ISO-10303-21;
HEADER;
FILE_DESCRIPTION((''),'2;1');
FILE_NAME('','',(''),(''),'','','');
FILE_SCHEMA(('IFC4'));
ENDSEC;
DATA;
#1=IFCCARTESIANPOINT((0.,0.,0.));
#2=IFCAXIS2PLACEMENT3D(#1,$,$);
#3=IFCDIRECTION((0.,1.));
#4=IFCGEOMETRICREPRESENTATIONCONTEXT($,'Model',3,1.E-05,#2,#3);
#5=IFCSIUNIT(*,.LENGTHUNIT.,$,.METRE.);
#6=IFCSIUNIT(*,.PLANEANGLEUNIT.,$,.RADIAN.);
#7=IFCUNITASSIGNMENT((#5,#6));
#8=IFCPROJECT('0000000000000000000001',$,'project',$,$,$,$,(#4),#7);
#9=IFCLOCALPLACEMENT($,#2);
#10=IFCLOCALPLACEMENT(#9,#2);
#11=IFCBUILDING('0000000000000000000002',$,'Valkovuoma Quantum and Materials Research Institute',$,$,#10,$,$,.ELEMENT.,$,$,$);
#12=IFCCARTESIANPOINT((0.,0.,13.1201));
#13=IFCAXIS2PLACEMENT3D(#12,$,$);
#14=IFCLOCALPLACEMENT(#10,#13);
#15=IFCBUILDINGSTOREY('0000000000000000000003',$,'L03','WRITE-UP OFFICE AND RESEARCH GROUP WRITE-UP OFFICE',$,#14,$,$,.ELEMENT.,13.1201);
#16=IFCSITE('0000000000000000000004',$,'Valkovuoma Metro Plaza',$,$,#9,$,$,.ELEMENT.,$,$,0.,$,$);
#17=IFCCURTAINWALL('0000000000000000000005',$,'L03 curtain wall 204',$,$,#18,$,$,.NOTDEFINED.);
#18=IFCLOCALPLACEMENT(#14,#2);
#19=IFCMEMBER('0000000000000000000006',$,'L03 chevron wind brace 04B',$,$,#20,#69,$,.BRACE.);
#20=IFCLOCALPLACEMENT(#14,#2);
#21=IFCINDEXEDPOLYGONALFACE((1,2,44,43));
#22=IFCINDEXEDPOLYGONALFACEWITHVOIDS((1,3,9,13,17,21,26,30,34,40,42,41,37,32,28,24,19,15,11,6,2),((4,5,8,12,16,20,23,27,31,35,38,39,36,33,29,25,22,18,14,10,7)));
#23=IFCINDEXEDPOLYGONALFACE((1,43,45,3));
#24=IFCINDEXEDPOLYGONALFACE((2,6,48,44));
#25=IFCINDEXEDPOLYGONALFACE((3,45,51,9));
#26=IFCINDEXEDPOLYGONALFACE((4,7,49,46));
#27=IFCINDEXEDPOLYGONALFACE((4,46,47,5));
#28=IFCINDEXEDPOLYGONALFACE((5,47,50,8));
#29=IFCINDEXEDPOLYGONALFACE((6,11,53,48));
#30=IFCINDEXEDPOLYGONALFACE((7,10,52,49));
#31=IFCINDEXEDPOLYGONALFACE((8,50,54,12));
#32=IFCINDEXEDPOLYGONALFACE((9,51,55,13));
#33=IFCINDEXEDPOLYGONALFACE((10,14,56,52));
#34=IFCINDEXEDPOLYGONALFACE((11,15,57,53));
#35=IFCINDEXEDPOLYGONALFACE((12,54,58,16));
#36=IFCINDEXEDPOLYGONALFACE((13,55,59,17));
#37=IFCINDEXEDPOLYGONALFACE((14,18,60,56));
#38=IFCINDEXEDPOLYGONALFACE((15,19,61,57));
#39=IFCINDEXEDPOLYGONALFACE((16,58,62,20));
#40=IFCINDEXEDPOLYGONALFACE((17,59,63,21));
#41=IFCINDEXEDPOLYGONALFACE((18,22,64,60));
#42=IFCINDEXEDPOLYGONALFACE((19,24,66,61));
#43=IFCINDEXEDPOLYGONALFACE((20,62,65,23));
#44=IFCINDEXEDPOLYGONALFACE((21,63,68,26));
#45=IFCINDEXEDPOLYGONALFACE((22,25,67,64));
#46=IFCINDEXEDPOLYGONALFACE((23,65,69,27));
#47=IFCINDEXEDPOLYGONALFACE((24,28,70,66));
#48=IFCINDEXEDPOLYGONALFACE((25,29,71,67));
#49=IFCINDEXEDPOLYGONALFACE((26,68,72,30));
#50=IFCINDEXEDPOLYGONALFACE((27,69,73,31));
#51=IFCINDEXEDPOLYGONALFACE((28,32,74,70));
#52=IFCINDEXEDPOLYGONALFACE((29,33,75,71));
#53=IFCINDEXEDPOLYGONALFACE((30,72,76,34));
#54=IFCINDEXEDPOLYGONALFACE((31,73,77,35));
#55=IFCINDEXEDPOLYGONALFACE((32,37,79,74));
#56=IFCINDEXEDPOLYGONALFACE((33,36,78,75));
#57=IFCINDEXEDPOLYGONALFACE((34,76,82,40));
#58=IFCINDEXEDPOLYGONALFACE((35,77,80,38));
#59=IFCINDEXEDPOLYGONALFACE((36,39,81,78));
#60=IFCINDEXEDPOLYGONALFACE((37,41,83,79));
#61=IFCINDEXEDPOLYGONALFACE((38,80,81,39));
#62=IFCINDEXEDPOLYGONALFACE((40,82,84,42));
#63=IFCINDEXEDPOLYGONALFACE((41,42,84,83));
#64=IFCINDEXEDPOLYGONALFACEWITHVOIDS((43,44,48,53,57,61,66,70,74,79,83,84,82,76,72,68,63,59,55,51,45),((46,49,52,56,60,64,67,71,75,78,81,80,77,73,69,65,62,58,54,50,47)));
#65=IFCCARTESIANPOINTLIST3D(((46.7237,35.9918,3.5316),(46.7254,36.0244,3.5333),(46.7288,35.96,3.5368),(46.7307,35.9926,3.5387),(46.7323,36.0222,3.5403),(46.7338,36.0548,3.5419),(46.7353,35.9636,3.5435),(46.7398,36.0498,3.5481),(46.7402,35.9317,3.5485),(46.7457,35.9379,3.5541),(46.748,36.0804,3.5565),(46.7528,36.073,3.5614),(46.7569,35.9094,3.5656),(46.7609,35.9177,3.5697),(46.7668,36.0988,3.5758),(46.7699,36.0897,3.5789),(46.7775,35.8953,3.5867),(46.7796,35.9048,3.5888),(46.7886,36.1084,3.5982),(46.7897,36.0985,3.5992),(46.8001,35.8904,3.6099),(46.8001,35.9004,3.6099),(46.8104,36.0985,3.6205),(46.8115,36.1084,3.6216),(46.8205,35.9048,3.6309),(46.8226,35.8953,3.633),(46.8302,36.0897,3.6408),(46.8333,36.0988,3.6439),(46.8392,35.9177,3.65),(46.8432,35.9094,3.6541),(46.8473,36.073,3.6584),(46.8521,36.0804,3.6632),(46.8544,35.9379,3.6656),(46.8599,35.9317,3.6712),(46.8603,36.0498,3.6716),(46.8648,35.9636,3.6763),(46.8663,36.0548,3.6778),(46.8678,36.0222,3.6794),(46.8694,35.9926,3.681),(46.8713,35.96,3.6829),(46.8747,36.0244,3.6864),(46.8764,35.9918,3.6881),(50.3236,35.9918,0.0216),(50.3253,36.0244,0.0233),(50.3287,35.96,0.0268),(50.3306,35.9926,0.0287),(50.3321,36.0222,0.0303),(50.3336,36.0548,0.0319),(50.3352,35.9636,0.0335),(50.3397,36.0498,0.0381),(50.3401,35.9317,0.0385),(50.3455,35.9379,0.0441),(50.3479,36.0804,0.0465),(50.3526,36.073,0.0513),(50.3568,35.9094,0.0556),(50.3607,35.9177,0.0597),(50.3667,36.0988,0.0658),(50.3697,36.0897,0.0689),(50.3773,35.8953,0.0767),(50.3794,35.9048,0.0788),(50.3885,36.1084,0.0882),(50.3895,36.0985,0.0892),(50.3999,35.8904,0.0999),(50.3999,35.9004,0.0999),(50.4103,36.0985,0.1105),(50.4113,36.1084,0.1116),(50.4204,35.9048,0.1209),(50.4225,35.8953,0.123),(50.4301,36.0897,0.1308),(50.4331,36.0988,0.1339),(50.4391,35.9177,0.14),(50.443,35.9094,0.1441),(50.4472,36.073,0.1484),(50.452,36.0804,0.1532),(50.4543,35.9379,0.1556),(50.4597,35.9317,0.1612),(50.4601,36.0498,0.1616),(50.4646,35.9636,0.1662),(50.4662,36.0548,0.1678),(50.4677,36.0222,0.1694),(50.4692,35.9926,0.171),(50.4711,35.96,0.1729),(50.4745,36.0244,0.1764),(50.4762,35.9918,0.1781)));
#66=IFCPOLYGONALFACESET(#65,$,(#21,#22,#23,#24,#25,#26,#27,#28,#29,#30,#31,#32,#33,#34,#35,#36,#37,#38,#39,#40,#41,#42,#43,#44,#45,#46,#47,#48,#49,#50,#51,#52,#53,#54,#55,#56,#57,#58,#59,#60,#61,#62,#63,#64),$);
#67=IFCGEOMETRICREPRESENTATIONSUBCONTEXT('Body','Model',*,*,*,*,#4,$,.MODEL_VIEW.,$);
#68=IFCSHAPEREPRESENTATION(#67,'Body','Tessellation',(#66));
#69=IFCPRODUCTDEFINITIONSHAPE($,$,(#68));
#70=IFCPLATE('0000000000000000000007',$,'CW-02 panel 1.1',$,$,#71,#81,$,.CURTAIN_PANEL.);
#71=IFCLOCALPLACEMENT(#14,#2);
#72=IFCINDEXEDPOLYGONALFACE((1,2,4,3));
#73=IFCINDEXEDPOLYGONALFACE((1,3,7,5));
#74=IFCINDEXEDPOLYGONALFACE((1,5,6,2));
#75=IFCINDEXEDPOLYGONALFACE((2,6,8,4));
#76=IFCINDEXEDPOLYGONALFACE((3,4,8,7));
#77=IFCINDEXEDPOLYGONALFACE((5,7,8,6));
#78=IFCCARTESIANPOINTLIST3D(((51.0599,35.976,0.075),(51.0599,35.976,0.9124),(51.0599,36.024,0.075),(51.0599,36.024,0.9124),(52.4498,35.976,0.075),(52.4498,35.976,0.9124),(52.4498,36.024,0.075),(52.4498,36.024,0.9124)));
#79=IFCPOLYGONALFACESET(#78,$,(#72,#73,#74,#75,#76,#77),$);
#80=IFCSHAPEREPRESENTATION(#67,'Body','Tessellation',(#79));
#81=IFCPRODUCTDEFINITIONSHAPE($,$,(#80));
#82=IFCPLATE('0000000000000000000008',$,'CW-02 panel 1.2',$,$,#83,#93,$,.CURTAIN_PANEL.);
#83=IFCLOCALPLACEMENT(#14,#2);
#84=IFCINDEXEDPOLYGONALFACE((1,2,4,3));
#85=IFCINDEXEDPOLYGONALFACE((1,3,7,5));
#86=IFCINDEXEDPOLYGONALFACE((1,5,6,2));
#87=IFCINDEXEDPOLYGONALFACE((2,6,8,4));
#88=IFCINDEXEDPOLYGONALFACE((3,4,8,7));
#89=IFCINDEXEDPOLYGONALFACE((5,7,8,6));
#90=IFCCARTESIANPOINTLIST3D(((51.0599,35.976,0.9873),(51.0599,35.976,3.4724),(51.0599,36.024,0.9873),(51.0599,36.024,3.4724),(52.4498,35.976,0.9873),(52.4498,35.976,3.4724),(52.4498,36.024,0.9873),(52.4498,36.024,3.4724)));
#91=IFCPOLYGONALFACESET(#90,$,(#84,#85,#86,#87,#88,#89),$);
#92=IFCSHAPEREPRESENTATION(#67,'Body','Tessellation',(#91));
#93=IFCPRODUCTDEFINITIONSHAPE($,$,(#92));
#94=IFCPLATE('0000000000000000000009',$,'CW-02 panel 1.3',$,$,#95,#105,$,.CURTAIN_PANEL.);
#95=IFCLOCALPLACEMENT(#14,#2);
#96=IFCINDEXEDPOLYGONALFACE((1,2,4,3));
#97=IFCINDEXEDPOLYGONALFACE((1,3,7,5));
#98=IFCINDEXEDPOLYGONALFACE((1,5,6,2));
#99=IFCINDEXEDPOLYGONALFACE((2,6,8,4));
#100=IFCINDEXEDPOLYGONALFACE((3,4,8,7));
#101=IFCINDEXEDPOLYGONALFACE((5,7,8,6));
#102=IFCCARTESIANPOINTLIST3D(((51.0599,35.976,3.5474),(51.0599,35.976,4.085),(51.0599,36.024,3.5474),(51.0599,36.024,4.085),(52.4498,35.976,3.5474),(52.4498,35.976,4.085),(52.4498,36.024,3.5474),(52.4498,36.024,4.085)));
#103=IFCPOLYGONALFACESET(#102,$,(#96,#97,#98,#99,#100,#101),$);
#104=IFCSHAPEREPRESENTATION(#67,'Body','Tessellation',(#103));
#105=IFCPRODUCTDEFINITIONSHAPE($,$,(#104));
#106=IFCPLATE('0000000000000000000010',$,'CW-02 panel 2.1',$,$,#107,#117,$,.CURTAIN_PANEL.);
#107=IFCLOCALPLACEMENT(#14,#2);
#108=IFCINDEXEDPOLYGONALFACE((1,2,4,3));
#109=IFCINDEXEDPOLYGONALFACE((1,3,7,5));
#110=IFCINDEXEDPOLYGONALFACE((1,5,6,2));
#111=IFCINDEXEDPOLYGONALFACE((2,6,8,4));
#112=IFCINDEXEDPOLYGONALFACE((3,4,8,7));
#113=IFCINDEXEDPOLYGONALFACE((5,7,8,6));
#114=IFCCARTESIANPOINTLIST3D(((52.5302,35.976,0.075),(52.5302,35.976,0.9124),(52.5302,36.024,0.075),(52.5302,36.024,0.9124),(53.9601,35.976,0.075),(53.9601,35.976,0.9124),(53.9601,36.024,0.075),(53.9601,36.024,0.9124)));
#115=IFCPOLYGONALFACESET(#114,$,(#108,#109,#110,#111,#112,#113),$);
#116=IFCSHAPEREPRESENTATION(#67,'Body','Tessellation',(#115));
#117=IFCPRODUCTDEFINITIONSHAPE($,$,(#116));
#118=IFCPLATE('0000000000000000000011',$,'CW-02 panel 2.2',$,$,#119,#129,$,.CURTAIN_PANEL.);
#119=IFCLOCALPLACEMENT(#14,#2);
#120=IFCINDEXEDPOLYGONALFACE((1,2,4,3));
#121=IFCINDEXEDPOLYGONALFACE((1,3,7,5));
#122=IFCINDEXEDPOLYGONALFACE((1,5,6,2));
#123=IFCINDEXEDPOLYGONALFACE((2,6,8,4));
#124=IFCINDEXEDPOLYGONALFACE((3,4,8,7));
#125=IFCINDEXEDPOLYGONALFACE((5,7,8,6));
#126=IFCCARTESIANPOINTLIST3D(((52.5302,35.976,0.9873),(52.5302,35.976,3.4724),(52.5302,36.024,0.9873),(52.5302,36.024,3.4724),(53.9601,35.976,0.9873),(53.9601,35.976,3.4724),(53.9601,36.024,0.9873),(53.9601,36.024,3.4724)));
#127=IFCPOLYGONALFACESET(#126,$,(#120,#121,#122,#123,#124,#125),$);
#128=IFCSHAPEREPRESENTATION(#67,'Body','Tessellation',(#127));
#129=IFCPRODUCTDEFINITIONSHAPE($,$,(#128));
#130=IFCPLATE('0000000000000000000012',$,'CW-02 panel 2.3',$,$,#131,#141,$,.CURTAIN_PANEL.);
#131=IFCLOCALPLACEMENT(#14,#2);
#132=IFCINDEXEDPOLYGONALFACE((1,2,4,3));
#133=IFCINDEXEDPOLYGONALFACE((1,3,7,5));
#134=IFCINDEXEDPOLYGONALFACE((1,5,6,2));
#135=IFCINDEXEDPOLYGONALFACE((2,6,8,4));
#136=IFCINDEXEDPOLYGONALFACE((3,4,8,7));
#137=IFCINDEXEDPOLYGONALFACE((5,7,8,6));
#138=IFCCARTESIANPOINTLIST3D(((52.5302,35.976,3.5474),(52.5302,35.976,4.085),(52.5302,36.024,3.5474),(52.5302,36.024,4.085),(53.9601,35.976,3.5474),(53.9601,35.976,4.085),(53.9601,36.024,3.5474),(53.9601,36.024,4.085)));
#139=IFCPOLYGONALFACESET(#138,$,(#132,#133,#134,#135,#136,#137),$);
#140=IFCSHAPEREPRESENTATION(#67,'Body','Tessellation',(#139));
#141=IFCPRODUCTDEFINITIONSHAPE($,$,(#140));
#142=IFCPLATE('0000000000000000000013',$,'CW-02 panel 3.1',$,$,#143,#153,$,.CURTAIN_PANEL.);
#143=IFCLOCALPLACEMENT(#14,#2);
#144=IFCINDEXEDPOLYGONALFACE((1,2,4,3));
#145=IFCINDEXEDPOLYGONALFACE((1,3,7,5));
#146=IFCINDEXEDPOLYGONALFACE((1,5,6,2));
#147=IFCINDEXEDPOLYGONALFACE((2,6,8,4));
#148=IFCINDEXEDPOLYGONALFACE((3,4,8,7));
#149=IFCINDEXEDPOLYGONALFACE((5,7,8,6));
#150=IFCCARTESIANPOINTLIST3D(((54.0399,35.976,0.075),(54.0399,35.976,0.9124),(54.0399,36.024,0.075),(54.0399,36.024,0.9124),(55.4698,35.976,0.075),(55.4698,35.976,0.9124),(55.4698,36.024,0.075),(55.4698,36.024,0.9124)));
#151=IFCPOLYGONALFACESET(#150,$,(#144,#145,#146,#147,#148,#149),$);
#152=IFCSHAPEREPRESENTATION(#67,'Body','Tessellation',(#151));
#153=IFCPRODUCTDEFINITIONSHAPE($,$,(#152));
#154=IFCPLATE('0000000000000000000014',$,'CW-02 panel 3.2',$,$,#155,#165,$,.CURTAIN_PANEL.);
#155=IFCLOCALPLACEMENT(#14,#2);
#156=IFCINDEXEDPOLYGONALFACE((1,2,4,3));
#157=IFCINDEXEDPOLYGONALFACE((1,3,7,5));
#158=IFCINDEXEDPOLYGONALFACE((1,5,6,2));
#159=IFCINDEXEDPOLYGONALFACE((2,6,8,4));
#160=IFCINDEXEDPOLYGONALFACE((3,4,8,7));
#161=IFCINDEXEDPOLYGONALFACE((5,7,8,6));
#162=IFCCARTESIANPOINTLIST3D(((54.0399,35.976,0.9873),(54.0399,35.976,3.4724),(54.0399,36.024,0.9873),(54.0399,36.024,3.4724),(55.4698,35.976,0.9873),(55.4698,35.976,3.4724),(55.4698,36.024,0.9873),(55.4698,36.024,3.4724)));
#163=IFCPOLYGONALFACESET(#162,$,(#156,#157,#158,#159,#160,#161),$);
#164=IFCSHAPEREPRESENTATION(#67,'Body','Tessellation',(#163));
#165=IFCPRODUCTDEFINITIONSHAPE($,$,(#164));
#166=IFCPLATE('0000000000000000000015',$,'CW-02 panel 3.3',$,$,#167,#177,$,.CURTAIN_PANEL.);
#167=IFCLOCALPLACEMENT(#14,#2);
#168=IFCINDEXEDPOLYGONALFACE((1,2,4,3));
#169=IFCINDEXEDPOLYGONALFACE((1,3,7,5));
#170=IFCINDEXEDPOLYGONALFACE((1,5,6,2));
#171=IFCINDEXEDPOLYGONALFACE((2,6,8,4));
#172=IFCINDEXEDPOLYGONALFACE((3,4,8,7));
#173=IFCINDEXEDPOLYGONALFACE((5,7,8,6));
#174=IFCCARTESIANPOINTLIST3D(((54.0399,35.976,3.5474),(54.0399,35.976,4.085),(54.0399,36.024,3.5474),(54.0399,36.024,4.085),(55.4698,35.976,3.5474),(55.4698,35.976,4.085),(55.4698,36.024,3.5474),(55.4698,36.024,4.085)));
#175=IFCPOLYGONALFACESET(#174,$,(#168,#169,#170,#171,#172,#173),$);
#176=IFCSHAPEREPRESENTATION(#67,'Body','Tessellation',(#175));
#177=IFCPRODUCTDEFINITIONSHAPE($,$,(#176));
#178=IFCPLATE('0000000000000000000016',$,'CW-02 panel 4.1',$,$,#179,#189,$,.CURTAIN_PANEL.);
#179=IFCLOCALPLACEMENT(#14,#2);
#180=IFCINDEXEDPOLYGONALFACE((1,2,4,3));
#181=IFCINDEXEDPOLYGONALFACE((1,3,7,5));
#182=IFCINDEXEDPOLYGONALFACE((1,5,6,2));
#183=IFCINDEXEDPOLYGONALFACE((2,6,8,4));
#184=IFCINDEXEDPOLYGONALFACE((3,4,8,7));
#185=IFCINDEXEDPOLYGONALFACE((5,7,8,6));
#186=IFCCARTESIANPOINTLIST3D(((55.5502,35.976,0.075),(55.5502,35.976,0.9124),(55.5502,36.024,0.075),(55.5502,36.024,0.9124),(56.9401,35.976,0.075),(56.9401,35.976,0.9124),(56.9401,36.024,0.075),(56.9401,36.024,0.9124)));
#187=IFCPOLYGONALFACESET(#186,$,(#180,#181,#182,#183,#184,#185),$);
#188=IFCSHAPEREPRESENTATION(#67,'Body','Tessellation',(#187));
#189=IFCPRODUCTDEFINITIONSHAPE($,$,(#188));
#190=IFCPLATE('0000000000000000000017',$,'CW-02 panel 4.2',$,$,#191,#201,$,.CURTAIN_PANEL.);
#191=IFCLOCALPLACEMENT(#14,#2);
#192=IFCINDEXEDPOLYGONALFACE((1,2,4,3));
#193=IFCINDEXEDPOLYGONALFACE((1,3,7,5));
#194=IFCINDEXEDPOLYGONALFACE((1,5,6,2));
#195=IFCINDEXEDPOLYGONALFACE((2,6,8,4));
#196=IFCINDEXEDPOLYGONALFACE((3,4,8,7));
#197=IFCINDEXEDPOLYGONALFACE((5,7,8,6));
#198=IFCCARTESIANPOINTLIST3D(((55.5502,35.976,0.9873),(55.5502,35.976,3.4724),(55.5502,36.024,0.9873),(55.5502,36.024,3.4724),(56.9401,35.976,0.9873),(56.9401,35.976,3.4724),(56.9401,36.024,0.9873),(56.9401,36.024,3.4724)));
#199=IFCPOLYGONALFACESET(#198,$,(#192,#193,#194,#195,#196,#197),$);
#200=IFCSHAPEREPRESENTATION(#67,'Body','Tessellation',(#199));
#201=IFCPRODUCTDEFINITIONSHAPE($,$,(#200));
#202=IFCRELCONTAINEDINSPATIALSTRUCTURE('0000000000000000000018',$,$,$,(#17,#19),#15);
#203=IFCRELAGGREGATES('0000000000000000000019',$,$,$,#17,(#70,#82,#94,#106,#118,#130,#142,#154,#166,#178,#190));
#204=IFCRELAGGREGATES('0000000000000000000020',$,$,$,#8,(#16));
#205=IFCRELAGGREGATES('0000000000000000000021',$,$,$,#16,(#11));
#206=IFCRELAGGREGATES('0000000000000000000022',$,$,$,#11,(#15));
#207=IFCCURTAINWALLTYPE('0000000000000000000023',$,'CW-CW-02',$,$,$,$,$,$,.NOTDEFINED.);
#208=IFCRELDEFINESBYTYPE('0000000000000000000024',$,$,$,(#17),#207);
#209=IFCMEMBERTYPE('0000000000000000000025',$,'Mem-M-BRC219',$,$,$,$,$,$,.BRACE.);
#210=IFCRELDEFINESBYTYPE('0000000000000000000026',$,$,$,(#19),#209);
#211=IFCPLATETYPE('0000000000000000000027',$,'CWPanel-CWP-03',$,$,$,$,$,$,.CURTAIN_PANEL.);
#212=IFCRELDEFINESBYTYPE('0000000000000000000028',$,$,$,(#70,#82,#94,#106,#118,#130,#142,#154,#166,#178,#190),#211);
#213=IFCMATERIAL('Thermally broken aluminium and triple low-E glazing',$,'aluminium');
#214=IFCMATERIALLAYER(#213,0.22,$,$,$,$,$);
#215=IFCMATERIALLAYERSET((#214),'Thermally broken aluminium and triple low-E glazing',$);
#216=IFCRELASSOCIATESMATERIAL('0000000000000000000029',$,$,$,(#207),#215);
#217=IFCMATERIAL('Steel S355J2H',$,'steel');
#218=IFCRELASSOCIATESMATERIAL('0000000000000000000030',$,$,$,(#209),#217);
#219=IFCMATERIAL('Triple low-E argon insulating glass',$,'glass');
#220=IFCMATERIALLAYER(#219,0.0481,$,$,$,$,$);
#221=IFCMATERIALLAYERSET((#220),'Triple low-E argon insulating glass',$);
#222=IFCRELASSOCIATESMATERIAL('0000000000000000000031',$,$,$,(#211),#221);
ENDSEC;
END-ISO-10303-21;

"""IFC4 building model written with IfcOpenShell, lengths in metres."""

from ifc_helpers import new_model, si_unit, direction, frame, origin, origin_2d, place, context, subcontext, project, spatial, rectangle, hollow_circle, extrude, material, layer, layer_set, material_profile, profile_set, type_object, element, aggregate, save


model = new_model("IFC4")

# Units and contexts
model_context = context("Model", 3, precision=1e-05, world=origin(), true_north=direction((0.0, 1.0)))
body_context = subcontext(model_context, "Body", "Model", "MODEL_VIEW")
ifc_project = project(units=[si_unit("LENGTHUNIT", "METRE"), si_unit("PLANEANGLEUNIT", "RADIAN")], contexts=[model_context])

# Site, building, storey
site_placement = place(None, origin())
site = spatial("IfcSite", under=ifc_project, at=site_placement, Name="Valkovuoma Metro Plaza", CompositionType="ELEMENT", RefElevation=0.0)
building_placement = place(site_placement, origin())
building = spatial("IfcBuilding", under=site, at=building_placement, Name="Valkovuoma Quantum and Materials Research Institute", CompositionType="ELEMENT")
storey_placement = place(building_placement, frame((0.0, 0.0, 13.1201)))
storey = spatial("IfcBuildingStorey", under=building, at=storey_placement, Name="L03", Description="WRITE-UP OFFICE AND RESEARCH GROUP WRITE-UP OFFICE", CompositionType="ELEMENT", Elevation=13.1201)

# Curtain wall
ifc_material_1 = material(Name="Thermally broken aluminium and triple low-E glazing", Category="aluminium")
ifc_layer_1 = layer(ifc_material_1, 0.22)
ifc_layer_set_1 = layer_set([ifc_layer_1], Name="Thermally broken aluminium and triple low-E glazing")
curtain_wall_type = type_object("IfcCurtainWallType", Name="CW-CW-02", PredefinedType="NOTDEFINED", material=ifc_layer_set_1)
curtain_wall_placement = place(storey_placement, origin())
curtain_wall = element("IfcCurtainWall", 1, at=curtain_wall_placement, inside=storey, type_object=curtain_wall_type, Name="L03 curtain wall 204", PredefinedType="NOTDEFINED")

# Member
ifc_material_2 = material(Name="Steel S355J2H", Category="steel")
ifc_material_profile_1 = material_profile(ifc_material_2, hollow_circle(Radius=0.1096, WallThickness=0.01, at=origin_2d()), Name="Steel S355J2H")
ifc_profile_set_1 = profile_set([ifc_material_profile_1], Name="Steel S355J2H")
member_type_1 = type_object("IfcMemberType", Name="Mem-M-BRC219", PredefinedType="BRACE", material=ifc_profile_set_1)
member_1_placement = place(storey_placement, frame((50.3999, 36.0, 0.0999), z_axis=(-0.715985, 0.0, 0.698116), x_axis=(0.0, -1.0, 0.0)))
element("IfcMember", 2, at=member_1_placement, inside=storey, type_object=member_type_1, Name="L03 chevron wind brace 04B", PredefinedType="BRACE", context=body_context, shape_type="SweptSolid", body=[
    extrude(hollow_circle(Radius=0.1096, WallThickness=0.01, at=origin_2d()), origin(), (0.0, 0.0, 1.0), 5.0278),
])

# Plates
ifc_material_3 = material(Name="Triple low-E argon insulating glass", Category="glass")
ifc_layer_2 = layer(ifc_material_3, 0.0481)
ifc_layer_set_2 = layer_set([ifc_layer_2], Name="Triple low-E argon insulating glass")
plate_type = type_object("IfcPlateType", Name="CWPanel-CWP-03", PredefinedType="CURTAIN_PANEL", material=ifc_layer_set_2)
plate_1_placement = place(storey_placement, frame((51.7549, 36.0, 0.075), z_axis=(0.0, 0.0, 1.0), x_axis=(1.0, 0.0, 0.0)))
plate_1 = element("IfcPlate", 3, at=plate_1_placement, type_object=plate_type, Name="CW-02 panel 1.1", PredefinedType="CURTAIN_PANEL", context=body_context, shape_type="SweptSolid", body=[
    extrude(rectangle(XDim=1.3899, YDim=0.0481, at=origin_2d()), origin(), (0.0, 0.0, 1.0), 0.8374),
])
plate_2_placement = place(storey_placement, frame((51.7549, 36.0, 0.9873), z_axis=(0.0, 0.0, 1.0), x_axis=(1.0, 0.0, 0.0)))
plate_2 = element("IfcPlate", 4, at=plate_2_placement, type_object=plate_type, Name="CW-02 panel 1.2", PredefinedType="CURTAIN_PANEL", context=body_context, shape_type="SweptSolid", body=[
    extrude(rectangle(XDim=1.3899, YDim=0.0481, at=origin_2d()), origin(), (0.0, 0.0, 1.0), 2.4851),
])
plate_3_placement = place(storey_placement, frame((51.7549, 36.0, 3.5474), z_axis=(0.0, 0.0, 1.0), x_axis=(1.0, 0.0, 0.0)))
plate_3 = element("IfcPlate", 5, at=plate_3_placement, type_object=plate_type, Name="CW-02 panel 1.3", PredefinedType="CURTAIN_PANEL", context=body_context, shape_type="SweptSolid", body=[
    extrude(rectangle(XDim=1.3899, YDim=0.0481, at=origin_2d()), origin(), (0.0, 0.0, 1.0), 0.5376),
])
plate_4_placement = place(storey_placement, frame((53.2451, 36.0, 0.075), z_axis=(0.0, 0.0, 1.0), x_axis=(1.0, 0.0, 0.0)))
plate_4 = element("IfcPlate", 6, at=plate_4_placement, type_object=plate_type, Name="CW-02 panel 2.1", PredefinedType="CURTAIN_PANEL", context=body_context, shape_type="SweptSolid", body=[
    extrude(rectangle(XDim=1.4299, YDim=0.0481, at=origin_2d()), origin(), (0.0, 0.0, 1.0), 0.8374),
])
plate_5_placement = place(storey_placement, frame((53.2451, 36.0, 0.9873), z_axis=(0.0, 0.0, 1.0), x_axis=(1.0, 0.0, 0.0)))
plate_5 = element("IfcPlate", 7, at=plate_5_placement, type_object=plate_type, Name="CW-02 panel 2.2", PredefinedType="CURTAIN_PANEL", context=body_context, shape_type="SweptSolid", body=[
    extrude(rectangle(XDim=1.4299, YDim=0.0481, at=origin_2d()), origin(), (0.0, 0.0, 1.0), 2.4851),
])
plate_6_placement = place(storey_placement, frame((53.2451, 36.0, 3.5474), z_axis=(0.0, 0.0, 1.0), x_axis=(1.0, 0.0, 0.0)))
plate_6 = element("IfcPlate", 8, at=plate_6_placement, type_object=plate_type, Name="CW-02 panel 2.3", PredefinedType="CURTAIN_PANEL", context=body_context, shape_type="SweptSolid", body=[
    extrude(rectangle(XDim=1.4299, YDim=0.0481, at=origin_2d()), origin(), (0.0, 0.0, 1.0), 0.5376),
])
plate_7_placement = place(storey_placement, frame((54.7549, 36.0, 0.075), z_axis=(0.0, 0.0, 1.0), x_axis=(1.0, 0.0, 0.0)))
plate_7 = element("IfcPlate", 9, at=plate_7_placement, type_object=plate_type, Name="CW-02 panel 3.1", PredefinedType="CURTAIN_PANEL", context=body_context, shape_type="SweptSolid", body=[
    extrude(rectangle(XDim=1.4299, YDim=0.0481, at=origin_2d()), origin(), (0.0, 0.0, 1.0), 0.8374),
])
plate_8_placement = place(storey_placement, frame((54.7549, 36.0, 0.9873), z_axis=(0.0, 0.0, 1.0), x_axis=(1.0, 0.0, 0.0)))
plate_8 = element("IfcPlate", 10, at=plate_8_placement, type_object=plate_type, Name="CW-02 panel 3.2", PredefinedType="CURTAIN_PANEL", context=body_context, shape_type="SweptSolid", body=[
    extrude(rectangle(XDim=1.4299, YDim=0.0481, at=origin_2d()), origin(), (0.0, 0.0, 1.0), 2.4851),
])
plate_9_placement = place(storey_placement, frame((54.7549, 36.0, 3.5474), z_axis=(0.0, 0.0, 1.0), x_axis=(1.0, 0.0, 0.0)))
plate_9 = element("IfcPlate", 11, at=plate_9_placement, type_object=plate_type, Name="CW-02 panel 3.3", PredefinedType="CURTAIN_PANEL", context=body_context, shape_type="SweptSolid", body=[
    extrude(rectangle(XDim=1.4299, YDim=0.0481, at=origin_2d()), origin(), (0.0, 0.0, 1.0), 0.5376),
])
plate_10_placement = place(storey_placement, frame((56.2451, 36.0, 0.075), z_axis=(0.0, 0.0, 1.0), x_axis=(1.0, 0.0, 0.0)))
plate_10 = element("IfcPlate", 12, at=plate_10_placement, type_object=plate_type, Name="CW-02 panel 4.1", PredefinedType="CURTAIN_PANEL", context=body_context, shape_type="SweptSolid", body=[
    extrude(rectangle(XDim=1.3899, YDim=0.0481, at=origin_2d()), origin(), (0.0, 0.0, 1.0), 0.8374),
])
plate_11_placement = place(storey_placement, frame((56.2451, 36.0, 0.9873), z_axis=(0.0, 0.0, 1.0), x_axis=(1.0, 0.0, 0.0)))
plate_11 = element("IfcPlate", 13, at=plate_11_placement, type_object=plate_type, Name="CW-02 panel 4.2", PredefinedType="CURTAIN_PANEL", context=body_context, shape_type="SweptSolid", body=[
    extrude(rectangle(XDim=1.3899, YDim=0.0481, at=origin_2d()), origin(), (0.0, 0.0, 1.0), 2.4851),
])
aggregate(curtain_wall, [plate_1, plate_2, plate_3, plate_4, plate_5, plate_6, plate_7, plate_8, plate_9, plate_10, plate_11])

save(model, "model.ifc")
